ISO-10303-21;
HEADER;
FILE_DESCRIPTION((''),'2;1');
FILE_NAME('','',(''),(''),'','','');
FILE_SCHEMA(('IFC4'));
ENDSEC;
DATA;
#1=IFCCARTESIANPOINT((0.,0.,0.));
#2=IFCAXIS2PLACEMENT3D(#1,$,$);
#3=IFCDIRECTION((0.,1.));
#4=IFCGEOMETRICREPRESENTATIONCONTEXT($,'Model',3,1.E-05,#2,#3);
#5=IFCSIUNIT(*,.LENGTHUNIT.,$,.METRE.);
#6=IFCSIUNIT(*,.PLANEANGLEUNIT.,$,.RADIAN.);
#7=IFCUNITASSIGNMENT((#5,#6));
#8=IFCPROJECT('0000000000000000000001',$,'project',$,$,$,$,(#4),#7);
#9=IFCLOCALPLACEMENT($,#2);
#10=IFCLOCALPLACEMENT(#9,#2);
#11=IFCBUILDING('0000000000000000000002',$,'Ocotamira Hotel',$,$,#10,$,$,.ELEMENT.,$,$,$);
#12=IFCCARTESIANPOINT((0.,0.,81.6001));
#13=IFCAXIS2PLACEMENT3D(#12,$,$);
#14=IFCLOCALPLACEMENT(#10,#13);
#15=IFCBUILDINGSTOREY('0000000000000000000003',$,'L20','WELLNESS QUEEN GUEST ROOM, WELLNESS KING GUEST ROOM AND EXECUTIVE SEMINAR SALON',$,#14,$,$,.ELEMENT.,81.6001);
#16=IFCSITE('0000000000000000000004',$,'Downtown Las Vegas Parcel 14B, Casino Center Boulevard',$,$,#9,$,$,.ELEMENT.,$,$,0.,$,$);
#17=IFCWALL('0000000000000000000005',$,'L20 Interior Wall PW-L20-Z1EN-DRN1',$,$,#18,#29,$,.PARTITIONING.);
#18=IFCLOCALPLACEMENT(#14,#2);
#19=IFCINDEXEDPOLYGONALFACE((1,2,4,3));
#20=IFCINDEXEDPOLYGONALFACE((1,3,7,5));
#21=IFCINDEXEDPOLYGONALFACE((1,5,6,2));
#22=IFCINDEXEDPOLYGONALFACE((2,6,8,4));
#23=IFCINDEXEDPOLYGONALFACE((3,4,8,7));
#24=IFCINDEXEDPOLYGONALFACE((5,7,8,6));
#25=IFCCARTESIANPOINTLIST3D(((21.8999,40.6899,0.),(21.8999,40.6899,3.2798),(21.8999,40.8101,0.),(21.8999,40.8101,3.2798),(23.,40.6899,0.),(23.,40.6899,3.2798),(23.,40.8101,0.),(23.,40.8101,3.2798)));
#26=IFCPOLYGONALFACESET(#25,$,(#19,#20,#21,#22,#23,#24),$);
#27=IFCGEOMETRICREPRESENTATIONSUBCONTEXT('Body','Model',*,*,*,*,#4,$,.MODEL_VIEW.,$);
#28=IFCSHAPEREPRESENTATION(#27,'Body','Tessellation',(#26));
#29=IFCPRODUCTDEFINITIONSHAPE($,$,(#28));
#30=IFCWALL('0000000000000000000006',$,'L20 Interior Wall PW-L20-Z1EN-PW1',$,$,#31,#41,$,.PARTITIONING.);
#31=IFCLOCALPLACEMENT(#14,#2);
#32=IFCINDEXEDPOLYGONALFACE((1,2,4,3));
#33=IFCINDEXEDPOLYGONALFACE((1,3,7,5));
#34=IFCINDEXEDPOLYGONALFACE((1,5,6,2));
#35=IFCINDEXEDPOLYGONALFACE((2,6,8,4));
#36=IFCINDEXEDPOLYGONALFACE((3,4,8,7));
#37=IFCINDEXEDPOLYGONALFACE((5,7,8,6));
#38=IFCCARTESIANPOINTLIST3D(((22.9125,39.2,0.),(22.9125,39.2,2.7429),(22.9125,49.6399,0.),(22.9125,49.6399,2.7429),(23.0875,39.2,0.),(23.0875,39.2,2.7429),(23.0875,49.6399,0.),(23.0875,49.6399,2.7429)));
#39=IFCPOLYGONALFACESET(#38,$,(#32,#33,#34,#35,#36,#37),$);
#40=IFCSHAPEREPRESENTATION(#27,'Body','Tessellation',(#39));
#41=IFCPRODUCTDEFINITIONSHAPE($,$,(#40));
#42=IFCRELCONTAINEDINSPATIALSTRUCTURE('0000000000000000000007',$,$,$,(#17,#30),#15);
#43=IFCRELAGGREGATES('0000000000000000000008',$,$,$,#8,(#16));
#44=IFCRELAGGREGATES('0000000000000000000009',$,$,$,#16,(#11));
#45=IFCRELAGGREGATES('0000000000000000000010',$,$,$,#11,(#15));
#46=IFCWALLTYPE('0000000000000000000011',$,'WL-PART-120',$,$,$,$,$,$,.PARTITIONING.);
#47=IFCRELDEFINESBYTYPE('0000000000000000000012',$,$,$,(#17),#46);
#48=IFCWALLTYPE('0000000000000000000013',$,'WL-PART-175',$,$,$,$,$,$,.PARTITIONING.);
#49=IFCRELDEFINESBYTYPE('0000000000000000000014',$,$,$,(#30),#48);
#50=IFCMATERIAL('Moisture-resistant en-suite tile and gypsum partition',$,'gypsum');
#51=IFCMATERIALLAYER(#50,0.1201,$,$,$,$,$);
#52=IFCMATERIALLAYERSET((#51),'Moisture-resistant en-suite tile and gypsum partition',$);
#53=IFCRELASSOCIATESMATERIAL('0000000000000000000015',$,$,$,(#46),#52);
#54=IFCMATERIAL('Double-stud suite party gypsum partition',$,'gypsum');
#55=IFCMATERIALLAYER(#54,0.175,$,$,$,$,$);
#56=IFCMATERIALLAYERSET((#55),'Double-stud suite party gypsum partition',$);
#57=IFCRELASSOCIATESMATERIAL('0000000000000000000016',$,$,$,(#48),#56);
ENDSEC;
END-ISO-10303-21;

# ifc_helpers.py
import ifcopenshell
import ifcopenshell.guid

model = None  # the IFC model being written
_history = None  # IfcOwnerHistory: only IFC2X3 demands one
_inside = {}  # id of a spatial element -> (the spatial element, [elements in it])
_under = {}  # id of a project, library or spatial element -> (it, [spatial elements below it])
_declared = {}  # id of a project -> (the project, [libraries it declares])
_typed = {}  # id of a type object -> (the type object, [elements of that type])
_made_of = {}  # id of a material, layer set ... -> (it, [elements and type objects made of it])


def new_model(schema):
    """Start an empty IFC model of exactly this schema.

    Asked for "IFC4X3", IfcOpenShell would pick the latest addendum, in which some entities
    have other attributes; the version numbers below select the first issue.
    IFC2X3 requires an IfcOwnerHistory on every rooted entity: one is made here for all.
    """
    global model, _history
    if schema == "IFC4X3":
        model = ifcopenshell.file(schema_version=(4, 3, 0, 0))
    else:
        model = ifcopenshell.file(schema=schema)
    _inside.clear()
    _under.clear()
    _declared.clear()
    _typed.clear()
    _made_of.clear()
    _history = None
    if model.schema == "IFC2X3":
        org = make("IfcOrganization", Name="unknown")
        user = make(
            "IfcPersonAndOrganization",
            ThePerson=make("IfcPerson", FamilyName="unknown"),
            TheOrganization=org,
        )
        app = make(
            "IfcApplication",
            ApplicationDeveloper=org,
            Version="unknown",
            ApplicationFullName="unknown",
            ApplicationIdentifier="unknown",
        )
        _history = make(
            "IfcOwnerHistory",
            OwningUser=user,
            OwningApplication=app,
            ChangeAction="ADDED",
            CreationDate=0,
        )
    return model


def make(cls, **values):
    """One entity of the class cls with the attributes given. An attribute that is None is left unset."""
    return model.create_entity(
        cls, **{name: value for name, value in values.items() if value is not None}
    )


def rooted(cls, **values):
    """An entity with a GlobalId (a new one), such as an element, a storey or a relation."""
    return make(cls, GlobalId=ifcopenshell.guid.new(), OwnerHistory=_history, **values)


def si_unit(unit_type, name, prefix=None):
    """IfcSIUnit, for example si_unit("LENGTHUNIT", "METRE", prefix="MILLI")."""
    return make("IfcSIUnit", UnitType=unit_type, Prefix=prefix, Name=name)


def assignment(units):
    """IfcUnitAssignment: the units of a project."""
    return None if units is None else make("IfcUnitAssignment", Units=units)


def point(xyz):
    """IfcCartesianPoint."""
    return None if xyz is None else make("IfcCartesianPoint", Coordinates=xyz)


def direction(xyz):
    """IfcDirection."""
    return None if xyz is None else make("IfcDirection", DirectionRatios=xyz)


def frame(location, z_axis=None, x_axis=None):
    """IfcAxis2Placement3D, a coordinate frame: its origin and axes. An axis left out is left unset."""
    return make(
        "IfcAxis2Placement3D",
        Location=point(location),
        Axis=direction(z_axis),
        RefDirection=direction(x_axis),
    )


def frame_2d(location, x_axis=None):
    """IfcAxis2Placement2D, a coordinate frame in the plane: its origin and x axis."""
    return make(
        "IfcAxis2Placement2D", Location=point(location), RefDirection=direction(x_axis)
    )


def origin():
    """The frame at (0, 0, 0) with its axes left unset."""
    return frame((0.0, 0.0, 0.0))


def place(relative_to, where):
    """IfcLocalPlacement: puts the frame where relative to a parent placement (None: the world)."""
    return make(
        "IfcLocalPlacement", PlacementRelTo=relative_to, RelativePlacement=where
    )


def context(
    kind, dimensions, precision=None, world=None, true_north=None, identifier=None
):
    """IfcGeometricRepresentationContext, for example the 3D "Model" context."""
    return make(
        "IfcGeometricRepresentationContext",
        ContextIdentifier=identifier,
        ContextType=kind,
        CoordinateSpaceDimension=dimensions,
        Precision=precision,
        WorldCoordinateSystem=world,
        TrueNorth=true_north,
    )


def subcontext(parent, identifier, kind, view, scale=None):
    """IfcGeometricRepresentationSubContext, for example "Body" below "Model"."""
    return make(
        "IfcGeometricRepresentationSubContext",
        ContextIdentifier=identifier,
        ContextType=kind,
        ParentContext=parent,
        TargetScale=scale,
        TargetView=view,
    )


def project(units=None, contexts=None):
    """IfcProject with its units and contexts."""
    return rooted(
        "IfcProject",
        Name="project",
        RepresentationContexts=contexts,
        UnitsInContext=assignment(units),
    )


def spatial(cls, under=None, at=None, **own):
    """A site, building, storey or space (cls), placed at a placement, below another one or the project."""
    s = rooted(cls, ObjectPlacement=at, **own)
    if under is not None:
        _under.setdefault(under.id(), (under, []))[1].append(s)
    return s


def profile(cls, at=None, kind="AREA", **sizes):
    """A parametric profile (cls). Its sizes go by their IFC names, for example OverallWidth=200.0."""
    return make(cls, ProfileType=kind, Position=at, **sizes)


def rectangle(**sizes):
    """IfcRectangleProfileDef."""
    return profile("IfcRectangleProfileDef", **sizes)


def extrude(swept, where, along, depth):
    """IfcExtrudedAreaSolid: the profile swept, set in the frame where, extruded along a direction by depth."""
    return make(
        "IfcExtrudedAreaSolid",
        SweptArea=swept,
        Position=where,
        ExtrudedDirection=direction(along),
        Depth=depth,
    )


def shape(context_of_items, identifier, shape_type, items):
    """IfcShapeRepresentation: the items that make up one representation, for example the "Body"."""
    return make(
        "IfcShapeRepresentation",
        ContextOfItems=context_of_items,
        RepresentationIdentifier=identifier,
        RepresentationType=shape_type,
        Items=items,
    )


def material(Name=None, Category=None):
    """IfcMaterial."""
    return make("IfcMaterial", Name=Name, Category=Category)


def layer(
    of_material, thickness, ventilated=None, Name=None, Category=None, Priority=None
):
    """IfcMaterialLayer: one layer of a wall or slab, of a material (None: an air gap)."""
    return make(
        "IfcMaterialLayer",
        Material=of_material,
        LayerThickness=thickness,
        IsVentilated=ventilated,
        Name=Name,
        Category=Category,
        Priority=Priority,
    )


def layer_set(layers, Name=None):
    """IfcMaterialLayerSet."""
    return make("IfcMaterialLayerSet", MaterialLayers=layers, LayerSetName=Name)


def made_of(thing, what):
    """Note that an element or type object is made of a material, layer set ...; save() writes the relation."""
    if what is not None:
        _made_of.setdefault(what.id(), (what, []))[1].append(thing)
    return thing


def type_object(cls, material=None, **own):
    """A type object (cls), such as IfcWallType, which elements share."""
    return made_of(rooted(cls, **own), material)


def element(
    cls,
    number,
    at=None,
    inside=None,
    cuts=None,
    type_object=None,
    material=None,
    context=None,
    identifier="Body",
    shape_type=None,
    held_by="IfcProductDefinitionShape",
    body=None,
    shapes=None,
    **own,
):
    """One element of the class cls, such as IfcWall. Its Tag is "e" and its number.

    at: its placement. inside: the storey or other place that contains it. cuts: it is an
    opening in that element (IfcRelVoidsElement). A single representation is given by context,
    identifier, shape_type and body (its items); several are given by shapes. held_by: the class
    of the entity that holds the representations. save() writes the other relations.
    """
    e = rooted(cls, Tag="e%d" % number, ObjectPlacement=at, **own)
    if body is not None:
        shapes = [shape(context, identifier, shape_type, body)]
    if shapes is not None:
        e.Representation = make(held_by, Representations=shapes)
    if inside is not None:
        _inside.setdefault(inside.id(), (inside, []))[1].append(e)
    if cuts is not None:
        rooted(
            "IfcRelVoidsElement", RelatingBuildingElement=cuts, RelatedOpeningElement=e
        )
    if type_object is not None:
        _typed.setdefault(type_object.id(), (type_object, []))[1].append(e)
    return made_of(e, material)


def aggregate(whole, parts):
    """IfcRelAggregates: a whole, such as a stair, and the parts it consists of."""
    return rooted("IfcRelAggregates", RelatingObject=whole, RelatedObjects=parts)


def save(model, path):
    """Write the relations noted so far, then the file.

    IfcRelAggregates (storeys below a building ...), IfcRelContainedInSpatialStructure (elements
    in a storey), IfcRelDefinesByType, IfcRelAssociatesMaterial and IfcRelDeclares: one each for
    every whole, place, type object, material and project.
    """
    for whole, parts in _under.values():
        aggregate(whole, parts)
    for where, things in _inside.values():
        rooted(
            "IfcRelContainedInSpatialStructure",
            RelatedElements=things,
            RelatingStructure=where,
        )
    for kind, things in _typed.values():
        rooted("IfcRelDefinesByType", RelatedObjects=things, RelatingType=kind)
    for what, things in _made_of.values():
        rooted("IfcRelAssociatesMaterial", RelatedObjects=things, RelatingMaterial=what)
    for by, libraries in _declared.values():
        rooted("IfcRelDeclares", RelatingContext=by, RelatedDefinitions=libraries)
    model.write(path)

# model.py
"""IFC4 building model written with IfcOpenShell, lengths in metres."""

from ifc_helpers import new_model, si_unit, direction, frame, frame_2d, origin, place, context, subcontext, project, spatial, rectangle, extrude, material, layer, layer_set, type_object, element, save


model = new_model("IFC4")

# Units and contexts
model_context = context("Model", 3, precision=1e-05, world=origin(), true_north=direction((0.0, 1.0)))
body_context = subcontext(model_context, "Body", "Model", "MODEL_VIEW")
ifc_project = project(units=[si_unit("LENGTHUNIT", "METRE"), si_unit("PLANEANGLEUNIT", "RADIAN")], contexts=[model_context])

# Site, building, storey
site_placement = place(None, origin())
site = spatial("IfcSite", under=ifc_project, at=site_placement, Name="Downtown Las Vegas Parcel 14B, Casino Center Boulevard", CompositionType="ELEMENT", RefElevation=0.0)
building_placement = place(site_placement, origin())
building = spatial("IfcBuilding", under=site, at=building_placement, Name="Ocotamira Hotel", CompositionType="ELEMENT")
storey_placement = place(building_placement, frame((0.0, 0.0, 81.6001)))
storey = spatial("IfcBuildingStorey", under=building, at=storey_placement, Name="L20", Description="WELLNESS QUEEN GUEST ROOM, WELLNESS KING GUEST ROOM AND EXECUTIVE SEMINAR SALON", CompositionType="ELEMENT", Elevation=81.6001)

# Shared definitions
ifc_material_1 = material(Name="Moisture-resistant en-suite tile and gypsum partition", Category="gypsum")
ifc_layer_1 = layer(ifc_material_1, 0.1201)
ifc_layer_set_1 = layer_set([ifc_layer_1], Name="Moisture-resistant en-suite tile and gypsum partition")
wall_type_1 = type_object("IfcWallType", Name="WL-PART-120", PredefinedType="PARTITIONING", material=ifc_layer_set_1)

# Walls
wall_1_placement = place(storey_placement, frame((21.8999, 40.75, 0.0), z_axis=(0.0, 0.0, 1.0), x_axis=(1.0, 0.0, 0.0)))
element("IfcWall", 1, at=wall_1_placement, inside=storey, type_object=wall_type_1, Name="L20 Interior Wall PW-L20-Z1EN-DRN1", PredefinedType="PARTITIONING", context=body_context, shape_type="SweptSolid", body=[
    extrude(rectangle(XDim=1.1001, YDim=0.1201, at=frame_2d((0.55, 0.0))), origin(), (0.0, 0.0, 1.0), 3.2798),
])
ifc_material_2 = material(Name="Double-stud suite party gypsum partition", Category="gypsum")
ifc_layer_2 = layer(ifc_material_2, 0.175)
ifc_layer_set_2 = layer_set([ifc_layer_2], Name="Double-stud suite party gypsum partition")
wall_type_2 = type_object("IfcWallType", Name="WL-PART-175", PredefinedType="PARTITIONING", material=ifc_layer_set_2)
wall_2_placement = place(storey_placement, frame((23.0, 39.2, 0.0), z_axis=(0.0, 0.0, 1.0), x_axis=(0.0, 1.0, 0.0)))
element("IfcWall", 2, at=wall_2_placement, inside=storey, type_object=wall_type_2, Name="L20 Interior Wall PW-L20-Z1EN-PW1", PredefinedType="PARTITIONING", context=body_context, shape_type="SweptSolid", body=[
    extrude(rectangle(XDim=10.4399, YDim=0.175, at=frame_2d((5.22, 0.0))), origin(), (0.0, 0.0, 1.0), 2.7429),
])

save(model, "model.ifc")
